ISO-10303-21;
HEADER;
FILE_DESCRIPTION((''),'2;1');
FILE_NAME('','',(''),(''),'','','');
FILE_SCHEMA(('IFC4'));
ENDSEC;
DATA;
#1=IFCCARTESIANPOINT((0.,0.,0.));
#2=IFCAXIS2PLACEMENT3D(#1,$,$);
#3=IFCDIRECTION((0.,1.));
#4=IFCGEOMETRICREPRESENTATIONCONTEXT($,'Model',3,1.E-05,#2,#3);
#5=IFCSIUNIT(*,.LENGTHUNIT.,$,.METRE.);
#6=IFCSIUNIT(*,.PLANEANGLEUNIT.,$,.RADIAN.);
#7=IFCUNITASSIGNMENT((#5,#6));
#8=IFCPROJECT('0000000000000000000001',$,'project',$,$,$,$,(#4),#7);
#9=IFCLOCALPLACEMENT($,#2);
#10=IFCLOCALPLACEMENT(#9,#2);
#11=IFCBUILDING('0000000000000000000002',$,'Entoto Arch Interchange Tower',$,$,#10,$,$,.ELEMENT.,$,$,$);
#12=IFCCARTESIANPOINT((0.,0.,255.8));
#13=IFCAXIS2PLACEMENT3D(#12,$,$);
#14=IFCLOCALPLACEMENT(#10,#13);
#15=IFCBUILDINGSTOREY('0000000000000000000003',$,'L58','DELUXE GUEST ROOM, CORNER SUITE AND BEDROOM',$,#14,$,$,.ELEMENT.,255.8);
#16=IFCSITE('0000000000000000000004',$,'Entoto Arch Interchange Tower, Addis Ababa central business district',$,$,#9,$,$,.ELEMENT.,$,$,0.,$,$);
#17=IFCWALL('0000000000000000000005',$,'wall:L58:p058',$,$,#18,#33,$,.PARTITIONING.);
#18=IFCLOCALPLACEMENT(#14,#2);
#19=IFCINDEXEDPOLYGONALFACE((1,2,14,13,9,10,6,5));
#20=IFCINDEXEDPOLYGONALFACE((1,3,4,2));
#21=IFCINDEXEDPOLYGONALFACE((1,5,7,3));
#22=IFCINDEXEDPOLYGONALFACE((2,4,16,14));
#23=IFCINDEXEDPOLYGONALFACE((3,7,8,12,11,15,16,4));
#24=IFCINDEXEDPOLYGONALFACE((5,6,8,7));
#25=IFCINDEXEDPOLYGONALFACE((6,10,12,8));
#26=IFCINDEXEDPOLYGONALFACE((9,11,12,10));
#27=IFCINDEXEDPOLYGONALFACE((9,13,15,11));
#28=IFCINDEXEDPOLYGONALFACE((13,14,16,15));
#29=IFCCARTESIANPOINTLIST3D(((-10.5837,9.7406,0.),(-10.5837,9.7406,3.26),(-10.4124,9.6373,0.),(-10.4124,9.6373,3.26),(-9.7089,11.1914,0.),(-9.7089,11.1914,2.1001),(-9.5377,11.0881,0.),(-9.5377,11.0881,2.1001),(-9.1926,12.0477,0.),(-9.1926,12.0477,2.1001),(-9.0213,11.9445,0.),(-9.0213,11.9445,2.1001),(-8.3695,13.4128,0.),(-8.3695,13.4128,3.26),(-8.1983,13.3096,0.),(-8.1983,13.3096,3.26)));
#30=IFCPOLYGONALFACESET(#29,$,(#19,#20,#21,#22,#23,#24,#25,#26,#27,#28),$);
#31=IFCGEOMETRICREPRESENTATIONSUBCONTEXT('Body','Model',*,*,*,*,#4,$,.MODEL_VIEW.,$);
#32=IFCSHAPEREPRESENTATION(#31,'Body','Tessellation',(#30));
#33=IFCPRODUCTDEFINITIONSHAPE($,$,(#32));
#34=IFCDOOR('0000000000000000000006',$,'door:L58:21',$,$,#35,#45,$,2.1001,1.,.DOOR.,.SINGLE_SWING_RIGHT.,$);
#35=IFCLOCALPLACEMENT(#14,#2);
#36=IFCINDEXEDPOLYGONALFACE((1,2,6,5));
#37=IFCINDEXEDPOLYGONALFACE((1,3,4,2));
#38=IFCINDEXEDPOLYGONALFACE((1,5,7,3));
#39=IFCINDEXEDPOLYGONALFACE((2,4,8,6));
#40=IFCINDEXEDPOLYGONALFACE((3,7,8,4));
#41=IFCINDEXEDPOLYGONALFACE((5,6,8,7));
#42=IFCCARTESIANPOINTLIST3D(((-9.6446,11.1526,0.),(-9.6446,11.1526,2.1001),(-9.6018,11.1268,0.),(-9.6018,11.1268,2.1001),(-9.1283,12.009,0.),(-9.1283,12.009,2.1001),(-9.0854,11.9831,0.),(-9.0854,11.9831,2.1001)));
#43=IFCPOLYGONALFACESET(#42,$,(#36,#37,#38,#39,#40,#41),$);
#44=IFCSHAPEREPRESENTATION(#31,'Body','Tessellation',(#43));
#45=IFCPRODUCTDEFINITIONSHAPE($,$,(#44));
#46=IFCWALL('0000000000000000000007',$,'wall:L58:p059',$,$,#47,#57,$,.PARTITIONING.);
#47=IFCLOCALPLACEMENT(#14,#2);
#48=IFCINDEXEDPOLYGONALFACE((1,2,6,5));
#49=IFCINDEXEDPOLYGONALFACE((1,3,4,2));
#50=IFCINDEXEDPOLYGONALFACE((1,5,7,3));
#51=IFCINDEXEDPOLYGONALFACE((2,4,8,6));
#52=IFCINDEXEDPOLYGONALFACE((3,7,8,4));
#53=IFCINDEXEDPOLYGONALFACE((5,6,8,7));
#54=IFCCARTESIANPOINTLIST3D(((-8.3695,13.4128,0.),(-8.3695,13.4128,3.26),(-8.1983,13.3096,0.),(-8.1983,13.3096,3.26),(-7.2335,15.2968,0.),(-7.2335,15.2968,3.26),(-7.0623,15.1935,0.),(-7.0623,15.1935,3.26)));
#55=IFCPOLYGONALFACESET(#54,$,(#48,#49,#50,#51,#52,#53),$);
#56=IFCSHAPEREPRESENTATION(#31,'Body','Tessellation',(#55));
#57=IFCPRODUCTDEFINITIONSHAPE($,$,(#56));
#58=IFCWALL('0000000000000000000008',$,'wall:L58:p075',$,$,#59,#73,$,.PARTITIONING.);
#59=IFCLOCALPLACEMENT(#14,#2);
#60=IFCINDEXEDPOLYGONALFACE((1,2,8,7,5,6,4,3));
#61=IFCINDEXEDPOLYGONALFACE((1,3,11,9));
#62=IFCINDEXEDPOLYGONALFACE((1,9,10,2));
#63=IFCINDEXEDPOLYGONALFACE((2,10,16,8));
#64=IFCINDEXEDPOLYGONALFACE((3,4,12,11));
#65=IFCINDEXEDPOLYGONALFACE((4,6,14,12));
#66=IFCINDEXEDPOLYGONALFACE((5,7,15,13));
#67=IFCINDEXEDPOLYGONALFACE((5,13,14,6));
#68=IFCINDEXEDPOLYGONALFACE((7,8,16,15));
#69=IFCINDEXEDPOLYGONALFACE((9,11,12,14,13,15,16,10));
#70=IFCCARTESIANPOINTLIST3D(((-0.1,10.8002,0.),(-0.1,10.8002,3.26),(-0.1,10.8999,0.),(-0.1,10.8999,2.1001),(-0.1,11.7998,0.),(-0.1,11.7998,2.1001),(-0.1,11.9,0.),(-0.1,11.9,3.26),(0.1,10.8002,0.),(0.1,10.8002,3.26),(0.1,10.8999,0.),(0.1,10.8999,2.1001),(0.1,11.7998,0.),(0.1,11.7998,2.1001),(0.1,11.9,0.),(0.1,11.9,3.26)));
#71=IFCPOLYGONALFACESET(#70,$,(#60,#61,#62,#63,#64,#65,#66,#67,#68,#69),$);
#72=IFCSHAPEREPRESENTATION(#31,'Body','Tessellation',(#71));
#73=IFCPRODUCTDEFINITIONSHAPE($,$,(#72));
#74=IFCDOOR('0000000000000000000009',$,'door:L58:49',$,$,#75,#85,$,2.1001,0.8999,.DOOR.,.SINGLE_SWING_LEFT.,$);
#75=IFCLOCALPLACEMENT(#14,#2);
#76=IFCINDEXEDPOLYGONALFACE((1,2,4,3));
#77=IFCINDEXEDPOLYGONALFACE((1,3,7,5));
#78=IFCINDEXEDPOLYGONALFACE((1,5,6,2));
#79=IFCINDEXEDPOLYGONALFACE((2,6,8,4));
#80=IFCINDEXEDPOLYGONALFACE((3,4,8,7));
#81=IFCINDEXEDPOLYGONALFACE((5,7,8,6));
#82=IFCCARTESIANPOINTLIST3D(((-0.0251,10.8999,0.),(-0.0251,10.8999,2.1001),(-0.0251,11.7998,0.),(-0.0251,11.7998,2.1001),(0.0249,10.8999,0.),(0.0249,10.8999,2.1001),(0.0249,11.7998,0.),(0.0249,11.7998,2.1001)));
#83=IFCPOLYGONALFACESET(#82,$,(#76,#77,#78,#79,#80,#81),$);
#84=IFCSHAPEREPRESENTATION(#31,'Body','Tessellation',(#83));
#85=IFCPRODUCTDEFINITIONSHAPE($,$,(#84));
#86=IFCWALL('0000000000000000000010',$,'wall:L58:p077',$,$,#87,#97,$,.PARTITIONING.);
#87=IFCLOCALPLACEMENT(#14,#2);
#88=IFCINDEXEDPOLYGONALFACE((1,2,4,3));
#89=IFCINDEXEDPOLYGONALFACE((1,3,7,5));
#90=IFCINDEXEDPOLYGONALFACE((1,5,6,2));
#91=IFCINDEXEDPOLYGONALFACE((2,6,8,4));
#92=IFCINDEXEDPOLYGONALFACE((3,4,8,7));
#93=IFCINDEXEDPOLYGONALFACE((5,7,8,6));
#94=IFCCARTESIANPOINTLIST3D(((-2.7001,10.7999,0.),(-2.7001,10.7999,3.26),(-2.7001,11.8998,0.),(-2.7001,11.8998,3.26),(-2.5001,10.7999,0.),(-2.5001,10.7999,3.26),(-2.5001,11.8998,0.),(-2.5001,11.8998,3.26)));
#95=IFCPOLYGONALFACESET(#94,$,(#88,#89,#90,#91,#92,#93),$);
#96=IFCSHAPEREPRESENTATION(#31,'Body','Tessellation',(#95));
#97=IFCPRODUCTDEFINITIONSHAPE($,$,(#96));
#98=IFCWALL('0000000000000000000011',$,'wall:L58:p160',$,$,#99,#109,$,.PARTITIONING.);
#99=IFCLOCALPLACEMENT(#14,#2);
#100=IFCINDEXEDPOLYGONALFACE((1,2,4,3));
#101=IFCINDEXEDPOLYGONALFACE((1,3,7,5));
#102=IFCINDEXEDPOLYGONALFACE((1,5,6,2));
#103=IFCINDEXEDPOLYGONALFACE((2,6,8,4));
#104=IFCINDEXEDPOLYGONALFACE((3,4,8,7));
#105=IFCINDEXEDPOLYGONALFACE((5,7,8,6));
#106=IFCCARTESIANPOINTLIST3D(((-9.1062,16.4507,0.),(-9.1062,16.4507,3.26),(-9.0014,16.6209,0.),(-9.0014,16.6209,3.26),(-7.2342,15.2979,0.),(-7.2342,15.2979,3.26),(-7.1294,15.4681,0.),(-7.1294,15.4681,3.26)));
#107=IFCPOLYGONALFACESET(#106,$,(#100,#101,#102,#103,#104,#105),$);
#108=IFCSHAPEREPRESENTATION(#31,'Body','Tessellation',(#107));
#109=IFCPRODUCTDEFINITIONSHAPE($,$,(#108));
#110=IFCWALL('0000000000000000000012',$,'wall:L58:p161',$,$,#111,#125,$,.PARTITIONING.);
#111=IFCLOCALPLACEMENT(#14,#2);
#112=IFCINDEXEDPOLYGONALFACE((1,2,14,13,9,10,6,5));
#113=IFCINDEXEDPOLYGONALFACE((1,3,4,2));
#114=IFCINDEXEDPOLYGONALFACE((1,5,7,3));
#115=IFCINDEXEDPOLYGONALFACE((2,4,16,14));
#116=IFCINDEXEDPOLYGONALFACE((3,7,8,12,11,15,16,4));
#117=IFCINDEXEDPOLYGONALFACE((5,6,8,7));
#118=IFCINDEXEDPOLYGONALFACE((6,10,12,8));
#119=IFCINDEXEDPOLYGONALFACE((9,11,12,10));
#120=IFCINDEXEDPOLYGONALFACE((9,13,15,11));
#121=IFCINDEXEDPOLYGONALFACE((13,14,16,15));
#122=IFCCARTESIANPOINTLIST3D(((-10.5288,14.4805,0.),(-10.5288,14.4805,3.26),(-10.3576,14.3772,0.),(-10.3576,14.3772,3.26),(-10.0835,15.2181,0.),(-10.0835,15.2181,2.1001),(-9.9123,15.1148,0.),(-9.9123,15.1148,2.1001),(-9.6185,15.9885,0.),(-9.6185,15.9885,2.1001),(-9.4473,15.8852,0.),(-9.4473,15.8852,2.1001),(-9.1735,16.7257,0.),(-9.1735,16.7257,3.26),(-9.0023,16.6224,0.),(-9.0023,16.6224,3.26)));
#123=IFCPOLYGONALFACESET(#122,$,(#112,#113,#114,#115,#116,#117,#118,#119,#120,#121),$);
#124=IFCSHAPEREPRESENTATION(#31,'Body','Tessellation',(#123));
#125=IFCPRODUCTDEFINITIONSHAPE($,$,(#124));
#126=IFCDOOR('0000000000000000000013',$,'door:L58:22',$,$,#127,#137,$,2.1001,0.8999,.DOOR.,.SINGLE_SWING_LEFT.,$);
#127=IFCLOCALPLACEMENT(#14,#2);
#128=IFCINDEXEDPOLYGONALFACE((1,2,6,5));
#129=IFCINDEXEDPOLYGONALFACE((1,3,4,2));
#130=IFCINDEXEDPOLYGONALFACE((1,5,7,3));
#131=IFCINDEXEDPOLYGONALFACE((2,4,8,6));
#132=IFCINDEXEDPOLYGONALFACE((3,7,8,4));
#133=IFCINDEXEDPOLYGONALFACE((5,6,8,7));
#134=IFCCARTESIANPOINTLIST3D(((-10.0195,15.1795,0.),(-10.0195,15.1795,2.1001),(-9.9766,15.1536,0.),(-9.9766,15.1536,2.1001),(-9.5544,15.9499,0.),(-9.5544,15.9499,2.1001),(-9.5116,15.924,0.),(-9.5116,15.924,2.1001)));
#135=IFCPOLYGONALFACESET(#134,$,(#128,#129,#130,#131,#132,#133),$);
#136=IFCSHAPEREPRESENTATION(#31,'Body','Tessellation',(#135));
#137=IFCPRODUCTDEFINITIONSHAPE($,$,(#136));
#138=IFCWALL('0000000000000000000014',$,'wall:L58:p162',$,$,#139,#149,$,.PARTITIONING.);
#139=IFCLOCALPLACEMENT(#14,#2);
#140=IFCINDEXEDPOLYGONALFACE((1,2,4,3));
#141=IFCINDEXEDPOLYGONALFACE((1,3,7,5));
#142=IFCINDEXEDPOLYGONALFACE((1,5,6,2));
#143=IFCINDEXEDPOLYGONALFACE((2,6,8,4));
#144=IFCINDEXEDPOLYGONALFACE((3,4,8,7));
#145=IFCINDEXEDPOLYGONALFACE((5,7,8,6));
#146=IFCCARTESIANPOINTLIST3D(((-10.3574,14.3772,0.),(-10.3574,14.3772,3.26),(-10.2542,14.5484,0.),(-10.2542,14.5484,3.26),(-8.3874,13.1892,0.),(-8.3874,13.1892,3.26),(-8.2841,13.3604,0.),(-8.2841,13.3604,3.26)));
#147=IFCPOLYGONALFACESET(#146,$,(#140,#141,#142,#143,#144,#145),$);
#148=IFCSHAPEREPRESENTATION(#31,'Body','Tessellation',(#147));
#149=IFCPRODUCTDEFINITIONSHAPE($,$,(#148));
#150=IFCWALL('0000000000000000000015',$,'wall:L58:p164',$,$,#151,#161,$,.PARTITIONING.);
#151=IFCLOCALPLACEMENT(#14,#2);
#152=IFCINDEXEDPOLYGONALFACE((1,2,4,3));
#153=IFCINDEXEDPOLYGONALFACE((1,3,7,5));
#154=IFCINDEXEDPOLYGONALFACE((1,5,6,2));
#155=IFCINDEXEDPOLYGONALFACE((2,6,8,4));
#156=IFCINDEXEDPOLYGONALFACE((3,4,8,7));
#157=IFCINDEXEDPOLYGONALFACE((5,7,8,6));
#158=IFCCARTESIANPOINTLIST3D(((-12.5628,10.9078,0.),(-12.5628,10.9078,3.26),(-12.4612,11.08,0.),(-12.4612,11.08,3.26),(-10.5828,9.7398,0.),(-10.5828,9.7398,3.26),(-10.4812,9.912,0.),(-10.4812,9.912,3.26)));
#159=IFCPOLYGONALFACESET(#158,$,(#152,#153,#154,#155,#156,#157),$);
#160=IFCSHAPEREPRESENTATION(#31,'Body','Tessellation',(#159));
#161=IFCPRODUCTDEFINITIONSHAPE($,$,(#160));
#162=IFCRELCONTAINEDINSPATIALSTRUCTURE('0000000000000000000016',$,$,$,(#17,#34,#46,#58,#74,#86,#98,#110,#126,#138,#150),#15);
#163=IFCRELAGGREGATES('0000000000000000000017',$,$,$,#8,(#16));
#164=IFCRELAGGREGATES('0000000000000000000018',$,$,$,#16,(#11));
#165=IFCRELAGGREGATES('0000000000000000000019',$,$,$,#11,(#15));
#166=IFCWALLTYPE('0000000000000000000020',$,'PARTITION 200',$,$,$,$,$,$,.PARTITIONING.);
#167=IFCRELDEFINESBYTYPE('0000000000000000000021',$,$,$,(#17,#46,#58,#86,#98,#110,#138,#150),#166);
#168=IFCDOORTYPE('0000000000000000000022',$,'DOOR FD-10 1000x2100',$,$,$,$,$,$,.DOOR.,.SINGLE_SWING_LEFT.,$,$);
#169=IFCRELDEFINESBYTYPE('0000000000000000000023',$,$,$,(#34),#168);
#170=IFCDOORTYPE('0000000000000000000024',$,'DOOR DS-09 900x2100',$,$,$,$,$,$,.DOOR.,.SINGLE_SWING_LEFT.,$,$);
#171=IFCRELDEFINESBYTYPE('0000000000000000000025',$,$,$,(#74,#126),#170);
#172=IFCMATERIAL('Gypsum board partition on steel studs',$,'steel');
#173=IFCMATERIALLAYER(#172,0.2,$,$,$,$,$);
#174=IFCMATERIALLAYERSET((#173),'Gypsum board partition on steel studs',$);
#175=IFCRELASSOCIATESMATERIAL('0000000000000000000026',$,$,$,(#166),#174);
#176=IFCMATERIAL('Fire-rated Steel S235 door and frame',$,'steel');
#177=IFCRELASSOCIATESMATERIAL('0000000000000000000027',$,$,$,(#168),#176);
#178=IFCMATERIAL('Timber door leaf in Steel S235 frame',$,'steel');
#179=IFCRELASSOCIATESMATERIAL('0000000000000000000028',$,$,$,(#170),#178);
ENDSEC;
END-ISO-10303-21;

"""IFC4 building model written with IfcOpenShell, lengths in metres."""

from ifc_helpers import new_model, si_unit, direction, frame, frame_2d, origin, place, context, subcontext, project, spatial, rectangle, extrude, material, layer, layer_set, type_object, element, fill, save


model = new_model("IFC4")

# Units and contexts
model_context = context("Model", 3, precision=1e-05, world=origin(), true_north=direction((0.0, 1.0)))
body_context = subcontext(model_context, "Body", "Model", "MODEL_VIEW")
ifc_project = project(units=[si_unit("LENGTHUNIT", "METRE"), si_unit("PLANEANGLEUNIT", "RADIAN")], contexts=[model_context])

# Site, building, storey
site_placement = place(None, origin())
site = spatial("IfcSite", under=ifc_project, at=site_placement, Name="Entoto Arch Interchange Tower, Addis Ababa central business district", CompositionType="ELEMENT", RefElevation=0.0)
building_placement = place(site_placement, origin())
building = spatial("IfcBuilding", under=site, at=building_placement, Name="Entoto Arch Interchange Tower", CompositionType="ELEMENT")
storey_placement = place(building_placement, frame((0.0, 0.0, 255.8)))
storey = spatial("IfcBuildingStorey", under=building, at=storey_placement, Name="L58", Description="DELUXE GUEST ROOM, CORNER SUITE AND BEDROOM", CompositionType="ELEMENT", Elevation=255.8)

# Shared definitions
ifc_material_1 = material(Name="Gypsum board partition on steel studs", Category="steel")
ifc_layer_1 = layer(ifc_material_1, 0.2)
ifc_layer_set_1 = layer_set([ifc_layer_1], Name="Gypsum board partition on steel studs")
wall_type_1 = type_object("IfcWallType", Name="PARTITION 200", PredefinedType="PARTITIONING", material=ifc_layer_set_1)

# Shared definitions
ifc_material_2 = material(Name="Timber door leaf in Steel S235 frame", Category="steel")

# Wall, opening, door
ifc_material_3 = material(Name="Fire-rated Steel S235 door and frame", Category="steel")
door_type_1 = type_object("IfcDoorType", Name="DOOR FD-10 1000x2100", OperationType="SINGLE_SWING_LEFT", PredefinedType="DOOR", material=ifc_material_3)
wall_1_placement = place(storey_placement, frame((-10.498, 9.689, 0.0), z_axis=(0.0, 0.0, 1.0), x_axis=(0.516353, 0.856376, 0.0)))
wall_1 = element("IfcWall", 1, at=wall_1_placement, inside=storey, type_object=wall_type_1, Name="wall:L58:p058", PredefinedType="PARTITIONING", context=body_context, shape_type="SweptSolid", body=[
    extrude(rectangle(XDim=4.2881, YDim=0.2, at=frame_2d((2.144, 0.0))), origin(), (0.0, 0.0, 1.0), 3.26),
])
opening_1_placement = place(wall_1_placement, frame((1.6941, 0.0, 0.0)))
opening_1 = element("IfcOpeningElement", 2, at=opening_1_placement, cuts=wall_1, PredefinedType="OPENING", context=body_context, shape_type="SweptSolid", body=[
    extrude(rectangle(XDim=1.0, YDim=2.1001, at=frame_2d((0.5, 1.05))), frame((0.0, 0.1099, 0.0), z_axis=(0.0, -1.0, 0.0), x_axis=(1.0, 0.0, 0.0)), (0.0, 0.0, 1.0), 0.22),
])
door_1_placement = place(opening_1_placement, origin())
door_1 = element("IfcDoor", 3, at=door_1_placement, inside=storey, type_object=door_type_1, Name="door:L58:21", OperationType="SINGLE_SWING_RIGHT", OverallHeight=2.1001, OverallWidth=1.0, PredefinedType="DOOR", context=body_context, shape_type="SweptSolid", body=[
    extrude(rectangle(XDim=1.0, YDim=2.1001, at=frame_2d((0.5, 1.05))), frame((0.0, 0.0249, 0.0), z_axis=(0.0, -1.0, 0.0), x_axis=(1.0, 0.0, 0.0)), (0.0, 0.0, 1.0), 0.05),
])
fill(opening_1, door_1)

# Wall
wall_2_placement = place(storey_placement, frame((-8.2839, 13.3611, 0.0), z_axis=(0.0, 0.0, 1.0), x_axis=(0.516355, 0.856375, 0.0)))
element("IfcWall", 4, at=wall_2_placement, inside=storey, type_object=wall_type_1, Name="wall:L58:p059", PredefinedType="PARTITIONING", context=body_context, shape_type="SweptSolid", body=[
    extrude(rectangle(XDim=2.2, YDim=0.2, at=frame_2d((1.1001, 0.0))), origin(), (0.0, 0.0, 1.0), 3.26),
])

# Wall, opening, door
wall_3_placement = place(storey_placement, frame((0.0, 11.8999, 0.0), z_axis=(0.0, 0.0, 1.0), x_axis=(0.0, -1.0, 0.0)))
wall_3 = element("IfcWall", 5, at=wall_3_placement, inside=storey, type_object=wall_type_1, Name="wall:L58:p075", PredefinedType="PARTITIONING", context=body_context, shape_type="SweptSolid", body=[
    extrude(rectangle(XDim=1.0999, YDim=0.2, at=frame_2d((0.5498, 0.0))), origin(), (0.0, 0.0, 1.0), 3.26),
])
opening_2_placement = place(wall_3_placement, frame((0.1001, 0.0, 0.0)))
opening_2 = element("IfcOpeningElement", 6, at=opening_2_placement, cuts=wall_3, PredefinedType="OPENING", context=body_context, shape_type="SweptSolid", body=[
    extrude(rectangle(XDim=0.8999, YDim=2.1001, at=frame_2d((0.45, 1.05))), frame((0.0, 0.1099, 0.0), z_axis=(0.0, -1.0, 0.0), x_axis=(1.0, 0.0, 0.0)), (0.0, 0.0, 1.0), 0.22),
])
door_type_2 = type_object("IfcDoorType", Name="DOOR DS-09 900x2100", OperationType="SINGLE_SWING_LEFT", PredefinedType="DOOR", material=ifc_material_2)
door_2_placement = place(opening_2_placement, origin())
door_2 = element("IfcDoor", 7, at=door_2_placement, inside=storey, type_object=door_type_2, Name="door:L58:49", OperationType="SINGLE_SWING_LEFT", OverallHeight=2.1001, OverallWidth=0.8999, PredefinedType="DOOR", context=body_context, shape_type="SweptSolid", body=[
    extrude(rectangle(XDim=0.8999, YDim=2.1001, at=frame_2d((0.45, 1.05))), frame((0.0, 0.0249, 0.0), z_axis=(0.0, -1.0, 0.0), x_axis=(1.0, 0.0, 0.0)), (0.0, 0.0, 1.0), 0.05),
])
fill(opening_2, door_2)

# Walls
wall_4_placement = place(storey_placement, frame((-2.6001, 10.8, 0.0), z_axis=(0.0, 0.0, 1.0), x_axis=(0.0, 1.0, 0.0)))
element("IfcWall", 8, at=wall_4_placement, inside=storey, type_object=wall_type_1, Name="wall:L58:p077", PredefinedType="PARTITIONING", context=body_context, shape_type="SweptSolid", body=[
    extrude(rectangle(XDim=1.0999, YDim=0.2, at=frame_2d((0.5498, 0.0))), origin(), (0.0, 0.0, 1.0), 3.26),
])
wall_5_placement = place(storey_placement, frame((-7.1819, 15.3831, 0.0), z_axis=(0.0, 0.0, 1.0), x_axis=(-0.851498, 0.524358, 0.0)))
element("IfcWall", 9, at=wall_5_placement, inside=storey, type_object=wall_type_1, Name="wall:L58:p160", PredefinedType="PARTITIONING", context=body_context, shape_type="SweptSolid", body=[
    extrude(rectangle(XDim=2.1985, YDim=0.2, at=frame_2d((1.0991, 0.0))), origin(), (0.0, 0.0, 1.0), 3.26),
])

# Wall, opening, door
wall_6_placement = place(storey_placement, frame((-9.0879, 16.6741, 0.0), z_axis=(0.0, 0.0, 1.0), x_axis=(-0.51678, -0.856118, 0.0)))
wall_6 = element("IfcWall", 10, at=wall_6_placement, inside=storey, type_object=wall_type_1, Name="wall:L58:p161", PredefinedType="PARTITIONING", context=body_context, shape_type="SweptSolid", body=[
    extrude(rectangle(XDim=2.6226, YDim=0.2, at=frame_2d((1.3113, 0.0))), origin(), (0.0, 0.0, 1.0), 3.26),
])
opening_3_placement = place(wall_6_placement, frame((0.8611, 0.0, 0.0)))
opening_3 = element("IfcOpeningElement", 11, at=opening_3_placement, cuts=wall_6, PredefinedType="OPENING", context=body_context, shape_type="SweptSolid", body=[
    extrude(rectangle(XDim=0.8999, YDim=2.1001, at=frame_2d((0.45, 1.05))), frame((0.0, 0.1099, 0.0), z_axis=(0.0, -1.0, 0.0), x_axis=(1.0, 0.0, 0.0)), (0.0, 0.0, 1.0), 0.22),
])
door_3_placement = place(opening_3_placement, origin())
door_3 = element("IfcDoor", 12, at=door_3_placement, inside=storey, type_object=door_type_2, Name="door:L58:22", OperationType="SINGLE_SWING_LEFT", OverallHeight=2.1001, OverallWidth=0.8999, PredefinedType="DOOR", context=body_context, shape_type="SweptSolid", body=[
    extrude(rectangle(XDim=0.8999, YDim=2.1001, at=frame_2d((0.45, 1.05))), frame((0.0, 0.0249, 0.0), z_axis=(0.0, -1.0, 0.0), x_axis=(1.0, 0.0, 0.0)), (0.0, 0.0, 1.0), 0.05),
])
fill(opening_3, door_3)

# Walls
wall_7_placement = place(storey_placement, frame((-10.3059, 14.4629, 0.0), z_axis=(0.0, 0.0, 1.0), x_axis=(0.856339, -0.516414, 0.0)))
element("IfcWall", 13, at=wall_7_placement, inside=storey, type_object=wall_type_1, Name="wall:L58:p162", PredefinedType="PARTITIONING", context=body_context, shape_type="SweptSolid", body=[
    extrude(rectangle(XDim=2.3005, YDim=0.2, at=frame_2d((1.1504, 0.0))), origin(), (0.0, 0.0, 1.0), 3.26),
])
wall_8_placement = place(storey_placement, frame((-10.532, 9.8259, 0.0), z_axis=(0.0, 0.0, 1.0), x_axis=(-0.861311, 0.508078, 0.0)))
element("IfcWall", 14, at=wall_8_placement, inside=storey, type_object=wall_type_1, Name="wall:L58:p164", PredefinedType="PARTITIONING", context=body_context, shape_type="SweptSolid", body=[
    extrude(rectangle(XDim=2.2988, YDim=0.2, at=frame_2d((1.1494, 0.0))), origin(), (0.0, 0.0, 1.0), 3.26),
])

save(model, "model.ifc")
